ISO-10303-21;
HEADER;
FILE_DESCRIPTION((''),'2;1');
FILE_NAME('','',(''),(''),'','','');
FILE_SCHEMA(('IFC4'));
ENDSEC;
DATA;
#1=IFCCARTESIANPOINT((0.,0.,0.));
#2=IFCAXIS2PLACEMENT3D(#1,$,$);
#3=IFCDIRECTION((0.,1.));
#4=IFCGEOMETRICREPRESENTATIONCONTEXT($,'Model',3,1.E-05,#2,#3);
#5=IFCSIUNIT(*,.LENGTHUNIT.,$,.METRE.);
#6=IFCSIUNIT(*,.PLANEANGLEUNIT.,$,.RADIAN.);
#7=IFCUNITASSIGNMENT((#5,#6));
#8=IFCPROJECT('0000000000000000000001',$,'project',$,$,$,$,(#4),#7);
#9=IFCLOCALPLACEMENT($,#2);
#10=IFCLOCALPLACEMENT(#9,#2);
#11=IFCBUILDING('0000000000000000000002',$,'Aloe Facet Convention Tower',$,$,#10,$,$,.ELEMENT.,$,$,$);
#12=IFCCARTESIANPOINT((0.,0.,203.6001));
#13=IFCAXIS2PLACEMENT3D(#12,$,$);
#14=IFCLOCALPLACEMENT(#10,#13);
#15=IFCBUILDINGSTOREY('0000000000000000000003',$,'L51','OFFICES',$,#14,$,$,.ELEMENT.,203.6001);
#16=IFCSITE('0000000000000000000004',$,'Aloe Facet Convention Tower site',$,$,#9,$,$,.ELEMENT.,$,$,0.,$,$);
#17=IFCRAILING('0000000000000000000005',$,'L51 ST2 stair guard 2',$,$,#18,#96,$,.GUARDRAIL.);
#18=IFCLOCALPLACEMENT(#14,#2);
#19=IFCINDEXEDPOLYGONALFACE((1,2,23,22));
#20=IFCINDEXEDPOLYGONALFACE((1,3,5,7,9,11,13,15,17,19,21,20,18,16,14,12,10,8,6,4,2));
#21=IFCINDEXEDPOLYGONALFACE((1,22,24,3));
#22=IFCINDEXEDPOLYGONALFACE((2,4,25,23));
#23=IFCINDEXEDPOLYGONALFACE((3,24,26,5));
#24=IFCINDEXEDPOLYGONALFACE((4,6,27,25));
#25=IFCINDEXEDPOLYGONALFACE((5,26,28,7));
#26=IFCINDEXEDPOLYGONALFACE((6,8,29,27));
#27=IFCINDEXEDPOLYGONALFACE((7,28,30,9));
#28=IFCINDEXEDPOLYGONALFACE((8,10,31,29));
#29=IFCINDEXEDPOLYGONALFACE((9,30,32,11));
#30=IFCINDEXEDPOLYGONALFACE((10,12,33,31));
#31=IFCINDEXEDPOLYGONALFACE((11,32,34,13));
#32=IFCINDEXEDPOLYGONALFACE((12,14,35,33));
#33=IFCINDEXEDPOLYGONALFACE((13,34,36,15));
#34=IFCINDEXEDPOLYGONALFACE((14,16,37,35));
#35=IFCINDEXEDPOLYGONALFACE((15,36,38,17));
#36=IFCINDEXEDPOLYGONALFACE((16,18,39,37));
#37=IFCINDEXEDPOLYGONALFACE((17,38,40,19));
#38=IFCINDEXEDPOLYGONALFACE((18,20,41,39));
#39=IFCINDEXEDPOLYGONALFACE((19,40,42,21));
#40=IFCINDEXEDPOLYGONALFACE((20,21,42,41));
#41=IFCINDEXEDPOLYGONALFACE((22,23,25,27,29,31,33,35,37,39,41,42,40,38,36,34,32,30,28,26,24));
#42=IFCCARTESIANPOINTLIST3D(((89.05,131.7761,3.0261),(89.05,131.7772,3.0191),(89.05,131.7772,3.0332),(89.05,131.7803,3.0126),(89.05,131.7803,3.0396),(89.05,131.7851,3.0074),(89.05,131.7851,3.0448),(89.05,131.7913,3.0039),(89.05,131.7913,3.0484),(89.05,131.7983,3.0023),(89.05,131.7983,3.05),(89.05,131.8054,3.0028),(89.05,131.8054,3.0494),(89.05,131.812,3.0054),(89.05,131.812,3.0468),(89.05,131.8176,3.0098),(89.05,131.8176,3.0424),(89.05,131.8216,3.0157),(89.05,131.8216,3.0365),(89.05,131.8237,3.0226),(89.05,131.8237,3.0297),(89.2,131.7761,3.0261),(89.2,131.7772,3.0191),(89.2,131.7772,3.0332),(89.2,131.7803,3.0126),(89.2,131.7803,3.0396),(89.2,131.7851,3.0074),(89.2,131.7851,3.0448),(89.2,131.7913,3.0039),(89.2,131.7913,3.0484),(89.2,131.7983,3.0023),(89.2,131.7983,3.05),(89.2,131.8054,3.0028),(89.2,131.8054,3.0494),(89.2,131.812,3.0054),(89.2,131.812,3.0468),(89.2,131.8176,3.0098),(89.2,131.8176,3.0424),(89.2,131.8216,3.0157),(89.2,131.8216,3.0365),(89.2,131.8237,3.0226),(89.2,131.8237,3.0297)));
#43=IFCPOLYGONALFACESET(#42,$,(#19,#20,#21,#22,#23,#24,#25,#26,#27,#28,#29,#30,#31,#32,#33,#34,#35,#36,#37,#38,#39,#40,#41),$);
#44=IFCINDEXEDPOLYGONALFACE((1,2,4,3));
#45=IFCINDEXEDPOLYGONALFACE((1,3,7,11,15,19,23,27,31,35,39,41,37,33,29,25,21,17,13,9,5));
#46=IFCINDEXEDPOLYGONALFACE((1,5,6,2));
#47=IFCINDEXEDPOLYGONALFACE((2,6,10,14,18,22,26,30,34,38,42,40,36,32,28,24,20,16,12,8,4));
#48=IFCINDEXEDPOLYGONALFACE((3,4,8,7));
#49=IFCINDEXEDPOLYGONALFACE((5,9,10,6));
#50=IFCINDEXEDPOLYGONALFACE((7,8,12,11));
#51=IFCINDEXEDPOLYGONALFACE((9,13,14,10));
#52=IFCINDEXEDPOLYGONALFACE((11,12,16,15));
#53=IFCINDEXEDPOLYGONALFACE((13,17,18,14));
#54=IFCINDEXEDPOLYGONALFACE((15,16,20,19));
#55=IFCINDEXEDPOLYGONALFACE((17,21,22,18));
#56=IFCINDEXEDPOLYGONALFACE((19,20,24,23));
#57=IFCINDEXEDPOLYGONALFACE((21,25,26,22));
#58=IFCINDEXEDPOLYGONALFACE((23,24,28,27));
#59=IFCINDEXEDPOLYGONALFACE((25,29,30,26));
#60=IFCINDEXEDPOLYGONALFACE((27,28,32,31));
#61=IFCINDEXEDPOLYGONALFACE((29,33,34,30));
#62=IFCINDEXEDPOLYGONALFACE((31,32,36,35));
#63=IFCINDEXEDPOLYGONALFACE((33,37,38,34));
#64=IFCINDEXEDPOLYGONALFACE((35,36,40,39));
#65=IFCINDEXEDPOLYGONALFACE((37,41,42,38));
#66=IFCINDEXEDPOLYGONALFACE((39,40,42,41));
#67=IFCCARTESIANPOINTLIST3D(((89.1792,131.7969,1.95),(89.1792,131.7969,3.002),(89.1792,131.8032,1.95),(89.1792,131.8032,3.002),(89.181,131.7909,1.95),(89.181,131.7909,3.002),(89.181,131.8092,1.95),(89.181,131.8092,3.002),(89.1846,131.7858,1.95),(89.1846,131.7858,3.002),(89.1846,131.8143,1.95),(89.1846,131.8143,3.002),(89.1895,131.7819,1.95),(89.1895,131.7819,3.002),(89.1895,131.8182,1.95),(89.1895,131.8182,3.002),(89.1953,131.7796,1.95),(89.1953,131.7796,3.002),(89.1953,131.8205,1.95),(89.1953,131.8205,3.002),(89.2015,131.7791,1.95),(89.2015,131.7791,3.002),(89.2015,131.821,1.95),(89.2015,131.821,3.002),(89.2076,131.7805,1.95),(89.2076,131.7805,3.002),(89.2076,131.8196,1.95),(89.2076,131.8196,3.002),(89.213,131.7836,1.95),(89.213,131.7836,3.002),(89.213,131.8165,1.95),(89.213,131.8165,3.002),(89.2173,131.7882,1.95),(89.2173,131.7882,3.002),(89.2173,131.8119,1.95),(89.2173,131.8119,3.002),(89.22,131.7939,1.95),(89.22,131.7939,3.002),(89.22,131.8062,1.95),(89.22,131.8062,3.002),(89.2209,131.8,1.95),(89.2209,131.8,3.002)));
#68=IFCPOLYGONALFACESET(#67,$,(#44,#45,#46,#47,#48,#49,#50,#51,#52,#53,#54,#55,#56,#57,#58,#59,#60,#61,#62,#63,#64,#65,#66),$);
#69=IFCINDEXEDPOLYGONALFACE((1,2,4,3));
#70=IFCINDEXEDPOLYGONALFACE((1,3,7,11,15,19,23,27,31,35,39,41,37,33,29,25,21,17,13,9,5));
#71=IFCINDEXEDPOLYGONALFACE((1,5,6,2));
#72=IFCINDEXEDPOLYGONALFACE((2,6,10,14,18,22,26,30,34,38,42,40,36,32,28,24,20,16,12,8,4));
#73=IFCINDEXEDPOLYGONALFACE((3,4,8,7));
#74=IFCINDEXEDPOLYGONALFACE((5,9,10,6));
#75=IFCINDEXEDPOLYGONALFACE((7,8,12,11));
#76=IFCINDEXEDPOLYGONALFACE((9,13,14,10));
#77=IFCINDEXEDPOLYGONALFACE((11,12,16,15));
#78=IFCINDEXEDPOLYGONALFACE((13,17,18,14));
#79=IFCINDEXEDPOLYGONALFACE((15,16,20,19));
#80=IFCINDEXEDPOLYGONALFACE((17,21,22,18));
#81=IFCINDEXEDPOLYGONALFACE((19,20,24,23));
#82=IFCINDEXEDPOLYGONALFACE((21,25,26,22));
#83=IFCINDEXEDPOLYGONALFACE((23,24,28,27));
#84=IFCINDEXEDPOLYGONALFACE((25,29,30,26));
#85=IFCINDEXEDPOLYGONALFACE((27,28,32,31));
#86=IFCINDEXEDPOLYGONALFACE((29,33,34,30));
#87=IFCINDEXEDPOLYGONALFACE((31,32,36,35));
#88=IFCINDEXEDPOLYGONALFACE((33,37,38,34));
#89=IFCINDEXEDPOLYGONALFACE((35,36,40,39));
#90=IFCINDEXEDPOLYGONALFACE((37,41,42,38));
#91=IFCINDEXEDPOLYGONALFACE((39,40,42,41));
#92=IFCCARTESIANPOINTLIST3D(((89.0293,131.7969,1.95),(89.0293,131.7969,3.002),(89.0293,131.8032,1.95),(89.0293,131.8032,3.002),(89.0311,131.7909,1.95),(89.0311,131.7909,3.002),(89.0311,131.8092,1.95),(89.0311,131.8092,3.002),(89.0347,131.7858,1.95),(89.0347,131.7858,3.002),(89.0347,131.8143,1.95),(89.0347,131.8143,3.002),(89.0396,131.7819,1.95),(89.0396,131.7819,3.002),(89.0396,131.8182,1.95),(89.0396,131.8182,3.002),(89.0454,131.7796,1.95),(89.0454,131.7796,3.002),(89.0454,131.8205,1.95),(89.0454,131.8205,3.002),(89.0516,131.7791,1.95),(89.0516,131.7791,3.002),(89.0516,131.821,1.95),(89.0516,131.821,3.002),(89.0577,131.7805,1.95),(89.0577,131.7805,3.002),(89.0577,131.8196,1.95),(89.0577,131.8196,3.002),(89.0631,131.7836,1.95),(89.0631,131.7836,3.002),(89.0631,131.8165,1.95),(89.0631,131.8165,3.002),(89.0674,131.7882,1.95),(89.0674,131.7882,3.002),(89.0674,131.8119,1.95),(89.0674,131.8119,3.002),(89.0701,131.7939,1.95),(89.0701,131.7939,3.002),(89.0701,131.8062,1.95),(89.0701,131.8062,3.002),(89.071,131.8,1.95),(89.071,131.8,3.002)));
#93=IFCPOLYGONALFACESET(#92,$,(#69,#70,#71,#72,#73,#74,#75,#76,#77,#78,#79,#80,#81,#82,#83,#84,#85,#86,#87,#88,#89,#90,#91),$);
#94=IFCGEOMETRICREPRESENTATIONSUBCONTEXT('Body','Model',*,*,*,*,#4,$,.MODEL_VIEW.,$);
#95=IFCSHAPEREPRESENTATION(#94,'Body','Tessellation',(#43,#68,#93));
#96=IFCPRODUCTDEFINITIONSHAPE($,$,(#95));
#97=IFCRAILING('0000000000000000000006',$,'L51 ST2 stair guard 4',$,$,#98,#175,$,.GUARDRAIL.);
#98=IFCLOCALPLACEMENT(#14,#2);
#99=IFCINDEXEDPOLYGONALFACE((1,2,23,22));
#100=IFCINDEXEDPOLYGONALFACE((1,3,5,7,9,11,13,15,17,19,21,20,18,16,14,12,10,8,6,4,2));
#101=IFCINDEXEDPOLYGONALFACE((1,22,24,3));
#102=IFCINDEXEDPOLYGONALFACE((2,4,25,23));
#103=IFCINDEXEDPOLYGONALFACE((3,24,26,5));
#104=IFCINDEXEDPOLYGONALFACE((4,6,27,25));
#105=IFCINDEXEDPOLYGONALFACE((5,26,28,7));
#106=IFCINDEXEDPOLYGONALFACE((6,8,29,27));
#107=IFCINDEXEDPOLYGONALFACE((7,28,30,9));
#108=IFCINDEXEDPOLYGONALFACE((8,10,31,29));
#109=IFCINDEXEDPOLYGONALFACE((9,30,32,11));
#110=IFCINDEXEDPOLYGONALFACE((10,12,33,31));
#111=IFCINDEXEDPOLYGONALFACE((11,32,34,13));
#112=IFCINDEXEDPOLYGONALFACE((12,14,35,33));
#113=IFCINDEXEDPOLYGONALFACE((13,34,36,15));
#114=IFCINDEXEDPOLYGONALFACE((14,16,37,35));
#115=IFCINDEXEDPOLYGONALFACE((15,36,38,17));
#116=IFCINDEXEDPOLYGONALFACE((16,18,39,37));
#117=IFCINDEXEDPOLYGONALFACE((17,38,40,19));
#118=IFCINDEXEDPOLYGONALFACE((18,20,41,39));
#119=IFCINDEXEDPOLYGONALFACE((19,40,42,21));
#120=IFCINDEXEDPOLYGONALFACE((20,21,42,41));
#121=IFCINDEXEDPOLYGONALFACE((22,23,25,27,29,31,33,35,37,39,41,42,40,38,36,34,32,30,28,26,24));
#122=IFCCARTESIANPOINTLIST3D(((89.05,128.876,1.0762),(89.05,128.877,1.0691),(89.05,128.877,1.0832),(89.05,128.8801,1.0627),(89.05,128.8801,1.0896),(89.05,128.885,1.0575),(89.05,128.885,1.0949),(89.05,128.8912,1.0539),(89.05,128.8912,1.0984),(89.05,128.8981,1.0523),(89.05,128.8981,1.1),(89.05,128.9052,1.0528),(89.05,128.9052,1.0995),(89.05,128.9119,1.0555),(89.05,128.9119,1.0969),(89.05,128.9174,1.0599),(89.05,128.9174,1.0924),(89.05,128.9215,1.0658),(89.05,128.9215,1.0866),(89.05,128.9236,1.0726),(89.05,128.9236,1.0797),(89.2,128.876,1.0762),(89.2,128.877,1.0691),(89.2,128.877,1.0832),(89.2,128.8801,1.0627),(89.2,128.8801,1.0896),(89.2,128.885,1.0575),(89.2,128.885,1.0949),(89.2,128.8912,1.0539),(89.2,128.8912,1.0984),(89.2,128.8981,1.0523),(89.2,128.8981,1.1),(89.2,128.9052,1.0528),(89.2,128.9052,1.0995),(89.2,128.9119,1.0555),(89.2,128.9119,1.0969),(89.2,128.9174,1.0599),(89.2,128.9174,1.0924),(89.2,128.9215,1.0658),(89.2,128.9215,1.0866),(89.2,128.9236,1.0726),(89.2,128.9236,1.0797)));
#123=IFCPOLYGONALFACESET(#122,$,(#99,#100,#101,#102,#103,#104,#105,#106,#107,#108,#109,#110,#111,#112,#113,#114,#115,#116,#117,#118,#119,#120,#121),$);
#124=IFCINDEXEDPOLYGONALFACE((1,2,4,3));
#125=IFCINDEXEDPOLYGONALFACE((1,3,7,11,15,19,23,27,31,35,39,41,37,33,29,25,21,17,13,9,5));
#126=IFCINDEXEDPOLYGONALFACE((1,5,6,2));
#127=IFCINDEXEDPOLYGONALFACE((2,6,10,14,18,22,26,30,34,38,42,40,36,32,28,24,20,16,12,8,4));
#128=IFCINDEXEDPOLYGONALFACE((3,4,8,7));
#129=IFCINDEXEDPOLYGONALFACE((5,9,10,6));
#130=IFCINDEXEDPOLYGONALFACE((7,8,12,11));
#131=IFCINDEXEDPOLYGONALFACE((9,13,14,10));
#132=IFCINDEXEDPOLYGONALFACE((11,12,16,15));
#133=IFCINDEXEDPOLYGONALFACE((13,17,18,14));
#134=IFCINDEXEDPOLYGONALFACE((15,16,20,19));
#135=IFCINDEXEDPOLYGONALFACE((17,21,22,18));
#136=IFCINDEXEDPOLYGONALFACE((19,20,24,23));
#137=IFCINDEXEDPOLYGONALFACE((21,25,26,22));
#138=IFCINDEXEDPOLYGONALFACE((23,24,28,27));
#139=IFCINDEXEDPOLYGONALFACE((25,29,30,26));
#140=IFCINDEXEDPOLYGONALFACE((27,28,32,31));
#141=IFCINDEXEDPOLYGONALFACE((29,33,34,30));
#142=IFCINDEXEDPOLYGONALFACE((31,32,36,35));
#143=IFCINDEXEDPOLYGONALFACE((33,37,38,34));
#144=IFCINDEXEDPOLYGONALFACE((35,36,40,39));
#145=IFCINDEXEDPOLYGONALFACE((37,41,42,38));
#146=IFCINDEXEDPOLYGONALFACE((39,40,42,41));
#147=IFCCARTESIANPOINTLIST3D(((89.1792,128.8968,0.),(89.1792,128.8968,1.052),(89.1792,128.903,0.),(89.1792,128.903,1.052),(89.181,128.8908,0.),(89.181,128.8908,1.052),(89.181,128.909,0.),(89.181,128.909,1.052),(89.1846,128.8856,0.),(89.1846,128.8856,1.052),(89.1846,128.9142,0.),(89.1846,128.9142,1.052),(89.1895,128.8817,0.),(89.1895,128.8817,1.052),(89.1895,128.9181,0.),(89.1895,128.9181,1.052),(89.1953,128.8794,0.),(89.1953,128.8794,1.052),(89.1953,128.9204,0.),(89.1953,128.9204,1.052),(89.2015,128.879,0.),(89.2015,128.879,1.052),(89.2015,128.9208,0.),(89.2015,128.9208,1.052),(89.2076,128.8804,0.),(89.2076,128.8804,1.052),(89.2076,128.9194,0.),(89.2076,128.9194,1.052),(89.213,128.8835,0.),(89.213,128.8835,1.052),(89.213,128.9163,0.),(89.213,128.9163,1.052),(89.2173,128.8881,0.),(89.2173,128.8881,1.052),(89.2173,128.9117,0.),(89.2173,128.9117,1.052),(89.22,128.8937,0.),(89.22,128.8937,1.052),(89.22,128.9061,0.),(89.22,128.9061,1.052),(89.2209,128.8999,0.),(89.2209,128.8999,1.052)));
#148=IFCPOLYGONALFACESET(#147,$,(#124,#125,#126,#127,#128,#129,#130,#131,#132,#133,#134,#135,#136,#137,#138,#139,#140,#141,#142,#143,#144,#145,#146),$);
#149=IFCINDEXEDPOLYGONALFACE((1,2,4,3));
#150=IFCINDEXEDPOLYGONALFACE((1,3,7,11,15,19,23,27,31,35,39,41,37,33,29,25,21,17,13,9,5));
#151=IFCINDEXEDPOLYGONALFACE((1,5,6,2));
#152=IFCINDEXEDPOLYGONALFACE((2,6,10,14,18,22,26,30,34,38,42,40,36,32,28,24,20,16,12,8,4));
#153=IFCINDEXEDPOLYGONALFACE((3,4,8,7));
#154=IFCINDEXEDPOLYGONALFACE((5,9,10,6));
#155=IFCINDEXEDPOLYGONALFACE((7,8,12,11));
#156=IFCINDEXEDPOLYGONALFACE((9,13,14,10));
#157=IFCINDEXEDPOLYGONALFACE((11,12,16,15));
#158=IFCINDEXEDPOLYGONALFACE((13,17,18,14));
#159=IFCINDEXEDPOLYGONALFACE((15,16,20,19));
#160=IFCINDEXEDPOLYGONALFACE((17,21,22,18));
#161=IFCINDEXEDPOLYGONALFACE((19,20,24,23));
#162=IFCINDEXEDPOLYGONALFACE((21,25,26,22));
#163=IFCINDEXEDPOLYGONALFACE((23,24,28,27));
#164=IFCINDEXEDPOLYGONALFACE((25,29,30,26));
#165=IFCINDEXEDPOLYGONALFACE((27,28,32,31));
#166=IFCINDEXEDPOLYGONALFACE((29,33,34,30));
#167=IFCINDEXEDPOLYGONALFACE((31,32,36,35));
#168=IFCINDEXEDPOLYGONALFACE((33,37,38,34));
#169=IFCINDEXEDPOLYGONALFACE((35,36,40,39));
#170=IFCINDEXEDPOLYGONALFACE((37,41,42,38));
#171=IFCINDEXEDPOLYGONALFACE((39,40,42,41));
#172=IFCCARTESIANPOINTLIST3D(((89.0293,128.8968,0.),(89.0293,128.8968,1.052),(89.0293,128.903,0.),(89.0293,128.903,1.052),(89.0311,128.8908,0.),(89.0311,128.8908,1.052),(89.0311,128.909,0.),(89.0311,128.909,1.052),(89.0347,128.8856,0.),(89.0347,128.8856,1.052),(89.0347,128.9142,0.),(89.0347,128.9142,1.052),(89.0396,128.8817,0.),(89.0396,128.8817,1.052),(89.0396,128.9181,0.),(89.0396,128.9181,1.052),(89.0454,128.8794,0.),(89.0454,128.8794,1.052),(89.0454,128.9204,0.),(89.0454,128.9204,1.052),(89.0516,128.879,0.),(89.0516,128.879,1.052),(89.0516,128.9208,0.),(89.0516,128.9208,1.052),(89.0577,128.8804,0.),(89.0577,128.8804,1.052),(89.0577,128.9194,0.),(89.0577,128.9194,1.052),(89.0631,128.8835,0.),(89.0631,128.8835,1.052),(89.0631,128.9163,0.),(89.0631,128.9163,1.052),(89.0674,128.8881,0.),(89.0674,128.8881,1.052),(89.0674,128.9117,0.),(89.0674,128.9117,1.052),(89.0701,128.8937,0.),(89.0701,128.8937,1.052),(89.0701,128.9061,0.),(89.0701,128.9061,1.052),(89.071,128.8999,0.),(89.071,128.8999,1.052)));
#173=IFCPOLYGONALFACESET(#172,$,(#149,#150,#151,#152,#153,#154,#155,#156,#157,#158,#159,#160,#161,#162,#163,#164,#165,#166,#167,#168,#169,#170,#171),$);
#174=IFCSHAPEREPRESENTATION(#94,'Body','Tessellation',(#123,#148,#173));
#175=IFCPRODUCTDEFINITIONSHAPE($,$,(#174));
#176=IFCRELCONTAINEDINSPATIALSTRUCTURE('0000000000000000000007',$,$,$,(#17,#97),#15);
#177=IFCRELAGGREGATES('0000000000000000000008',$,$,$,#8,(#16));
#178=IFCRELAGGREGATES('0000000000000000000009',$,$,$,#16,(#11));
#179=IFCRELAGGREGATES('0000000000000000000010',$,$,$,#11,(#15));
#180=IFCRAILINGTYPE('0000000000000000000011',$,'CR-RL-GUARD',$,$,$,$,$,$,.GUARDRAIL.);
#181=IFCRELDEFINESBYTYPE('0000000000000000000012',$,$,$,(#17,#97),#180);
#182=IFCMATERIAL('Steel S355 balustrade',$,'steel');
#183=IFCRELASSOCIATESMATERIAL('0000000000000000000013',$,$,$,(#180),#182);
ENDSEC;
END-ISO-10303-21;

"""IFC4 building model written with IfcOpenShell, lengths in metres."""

from ifc_helpers import new_model, si_unit, direction, frame, origin, origin_2d, place, context, subcontext, project, spatial, circle, extrude, material, type_object, element, save


model = new_model("IFC4")

# Units and contexts
model_context = context("Model", 3, precision=1e-05, world=origin(), true_north=direction((0.0, 1.0)))
body_context = subcontext(model_context, "Body", "Model", "MODEL_VIEW")
ifc_project = project(units=[si_unit("LENGTHUNIT", "METRE"), si_unit("PLANEANGLEUNIT", "RADIAN")], contexts=[model_context])

# Site, building, storey
site_placement = place(None, origin())
site = spatial("IfcSite", under=ifc_project, at=site_placement, Name="Aloe Facet Convention Tower site", CompositionType="ELEMENT", RefElevation=0.0)
building_placement = place(site_placement, origin())
building = spatial("IfcBuilding", under=site, at=building_placement, Name="Aloe Facet Convention Tower", CompositionType="ELEMENT")
storey_placement = place(building_placement, frame((0.0, 0.0, 203.6001)))
storey = spatial("IfcBuildingStorey", under=building, at=storey_placement, Name="L51", Description="OFFICES", CompositionType="ELEMENT", Elevation=203.6001)

# Railings
ifc_material_1 = material(Name="Steel S355 balustrade", Category="steel")
railing_type_1 = type_object("IfcRailingType", Name="CR-RL-GUARD", PredefinedType="GUARDRAIL", material=ifc_material_1)
for number, where, name in (
    (1, (89.2, 131.8, 1.95), "L51 ST2 stair guard 2"),
    (2, (89.2, 128.8999, 0.0), "L51 ST2 stair guard 4"),
):
    element("IfcRailing", number, at=place(storey_placement, frame(where)), inside=storey, type_object=railing_type_1, Name=name, PredefinedType="GUARDRAIL", context=body_context, shape_type="SweptSolid", body=[
        extrude(circle(Radius=0.0239, at=origin_2d()), frame((0.0, 0.0, 1.0762), z_axis=(-1.0, 0.0, 0.0), x_axis=(0.0, -1.0, 0.0)), (0.0, 0.0, 1.0), 0.1499),
        extrude(circle(Radius=0.021, at=origin_2d()), origin(), (0.0, 0.0, 1.0), 1.052),
        extrude(circle(Radius=0.021, at=origin_2d()), frame((-0.1499, 0.0, 0.0)), (0.0, 0.0, 1.0), 1.052),
    ])

save(model, "model.ifc")
